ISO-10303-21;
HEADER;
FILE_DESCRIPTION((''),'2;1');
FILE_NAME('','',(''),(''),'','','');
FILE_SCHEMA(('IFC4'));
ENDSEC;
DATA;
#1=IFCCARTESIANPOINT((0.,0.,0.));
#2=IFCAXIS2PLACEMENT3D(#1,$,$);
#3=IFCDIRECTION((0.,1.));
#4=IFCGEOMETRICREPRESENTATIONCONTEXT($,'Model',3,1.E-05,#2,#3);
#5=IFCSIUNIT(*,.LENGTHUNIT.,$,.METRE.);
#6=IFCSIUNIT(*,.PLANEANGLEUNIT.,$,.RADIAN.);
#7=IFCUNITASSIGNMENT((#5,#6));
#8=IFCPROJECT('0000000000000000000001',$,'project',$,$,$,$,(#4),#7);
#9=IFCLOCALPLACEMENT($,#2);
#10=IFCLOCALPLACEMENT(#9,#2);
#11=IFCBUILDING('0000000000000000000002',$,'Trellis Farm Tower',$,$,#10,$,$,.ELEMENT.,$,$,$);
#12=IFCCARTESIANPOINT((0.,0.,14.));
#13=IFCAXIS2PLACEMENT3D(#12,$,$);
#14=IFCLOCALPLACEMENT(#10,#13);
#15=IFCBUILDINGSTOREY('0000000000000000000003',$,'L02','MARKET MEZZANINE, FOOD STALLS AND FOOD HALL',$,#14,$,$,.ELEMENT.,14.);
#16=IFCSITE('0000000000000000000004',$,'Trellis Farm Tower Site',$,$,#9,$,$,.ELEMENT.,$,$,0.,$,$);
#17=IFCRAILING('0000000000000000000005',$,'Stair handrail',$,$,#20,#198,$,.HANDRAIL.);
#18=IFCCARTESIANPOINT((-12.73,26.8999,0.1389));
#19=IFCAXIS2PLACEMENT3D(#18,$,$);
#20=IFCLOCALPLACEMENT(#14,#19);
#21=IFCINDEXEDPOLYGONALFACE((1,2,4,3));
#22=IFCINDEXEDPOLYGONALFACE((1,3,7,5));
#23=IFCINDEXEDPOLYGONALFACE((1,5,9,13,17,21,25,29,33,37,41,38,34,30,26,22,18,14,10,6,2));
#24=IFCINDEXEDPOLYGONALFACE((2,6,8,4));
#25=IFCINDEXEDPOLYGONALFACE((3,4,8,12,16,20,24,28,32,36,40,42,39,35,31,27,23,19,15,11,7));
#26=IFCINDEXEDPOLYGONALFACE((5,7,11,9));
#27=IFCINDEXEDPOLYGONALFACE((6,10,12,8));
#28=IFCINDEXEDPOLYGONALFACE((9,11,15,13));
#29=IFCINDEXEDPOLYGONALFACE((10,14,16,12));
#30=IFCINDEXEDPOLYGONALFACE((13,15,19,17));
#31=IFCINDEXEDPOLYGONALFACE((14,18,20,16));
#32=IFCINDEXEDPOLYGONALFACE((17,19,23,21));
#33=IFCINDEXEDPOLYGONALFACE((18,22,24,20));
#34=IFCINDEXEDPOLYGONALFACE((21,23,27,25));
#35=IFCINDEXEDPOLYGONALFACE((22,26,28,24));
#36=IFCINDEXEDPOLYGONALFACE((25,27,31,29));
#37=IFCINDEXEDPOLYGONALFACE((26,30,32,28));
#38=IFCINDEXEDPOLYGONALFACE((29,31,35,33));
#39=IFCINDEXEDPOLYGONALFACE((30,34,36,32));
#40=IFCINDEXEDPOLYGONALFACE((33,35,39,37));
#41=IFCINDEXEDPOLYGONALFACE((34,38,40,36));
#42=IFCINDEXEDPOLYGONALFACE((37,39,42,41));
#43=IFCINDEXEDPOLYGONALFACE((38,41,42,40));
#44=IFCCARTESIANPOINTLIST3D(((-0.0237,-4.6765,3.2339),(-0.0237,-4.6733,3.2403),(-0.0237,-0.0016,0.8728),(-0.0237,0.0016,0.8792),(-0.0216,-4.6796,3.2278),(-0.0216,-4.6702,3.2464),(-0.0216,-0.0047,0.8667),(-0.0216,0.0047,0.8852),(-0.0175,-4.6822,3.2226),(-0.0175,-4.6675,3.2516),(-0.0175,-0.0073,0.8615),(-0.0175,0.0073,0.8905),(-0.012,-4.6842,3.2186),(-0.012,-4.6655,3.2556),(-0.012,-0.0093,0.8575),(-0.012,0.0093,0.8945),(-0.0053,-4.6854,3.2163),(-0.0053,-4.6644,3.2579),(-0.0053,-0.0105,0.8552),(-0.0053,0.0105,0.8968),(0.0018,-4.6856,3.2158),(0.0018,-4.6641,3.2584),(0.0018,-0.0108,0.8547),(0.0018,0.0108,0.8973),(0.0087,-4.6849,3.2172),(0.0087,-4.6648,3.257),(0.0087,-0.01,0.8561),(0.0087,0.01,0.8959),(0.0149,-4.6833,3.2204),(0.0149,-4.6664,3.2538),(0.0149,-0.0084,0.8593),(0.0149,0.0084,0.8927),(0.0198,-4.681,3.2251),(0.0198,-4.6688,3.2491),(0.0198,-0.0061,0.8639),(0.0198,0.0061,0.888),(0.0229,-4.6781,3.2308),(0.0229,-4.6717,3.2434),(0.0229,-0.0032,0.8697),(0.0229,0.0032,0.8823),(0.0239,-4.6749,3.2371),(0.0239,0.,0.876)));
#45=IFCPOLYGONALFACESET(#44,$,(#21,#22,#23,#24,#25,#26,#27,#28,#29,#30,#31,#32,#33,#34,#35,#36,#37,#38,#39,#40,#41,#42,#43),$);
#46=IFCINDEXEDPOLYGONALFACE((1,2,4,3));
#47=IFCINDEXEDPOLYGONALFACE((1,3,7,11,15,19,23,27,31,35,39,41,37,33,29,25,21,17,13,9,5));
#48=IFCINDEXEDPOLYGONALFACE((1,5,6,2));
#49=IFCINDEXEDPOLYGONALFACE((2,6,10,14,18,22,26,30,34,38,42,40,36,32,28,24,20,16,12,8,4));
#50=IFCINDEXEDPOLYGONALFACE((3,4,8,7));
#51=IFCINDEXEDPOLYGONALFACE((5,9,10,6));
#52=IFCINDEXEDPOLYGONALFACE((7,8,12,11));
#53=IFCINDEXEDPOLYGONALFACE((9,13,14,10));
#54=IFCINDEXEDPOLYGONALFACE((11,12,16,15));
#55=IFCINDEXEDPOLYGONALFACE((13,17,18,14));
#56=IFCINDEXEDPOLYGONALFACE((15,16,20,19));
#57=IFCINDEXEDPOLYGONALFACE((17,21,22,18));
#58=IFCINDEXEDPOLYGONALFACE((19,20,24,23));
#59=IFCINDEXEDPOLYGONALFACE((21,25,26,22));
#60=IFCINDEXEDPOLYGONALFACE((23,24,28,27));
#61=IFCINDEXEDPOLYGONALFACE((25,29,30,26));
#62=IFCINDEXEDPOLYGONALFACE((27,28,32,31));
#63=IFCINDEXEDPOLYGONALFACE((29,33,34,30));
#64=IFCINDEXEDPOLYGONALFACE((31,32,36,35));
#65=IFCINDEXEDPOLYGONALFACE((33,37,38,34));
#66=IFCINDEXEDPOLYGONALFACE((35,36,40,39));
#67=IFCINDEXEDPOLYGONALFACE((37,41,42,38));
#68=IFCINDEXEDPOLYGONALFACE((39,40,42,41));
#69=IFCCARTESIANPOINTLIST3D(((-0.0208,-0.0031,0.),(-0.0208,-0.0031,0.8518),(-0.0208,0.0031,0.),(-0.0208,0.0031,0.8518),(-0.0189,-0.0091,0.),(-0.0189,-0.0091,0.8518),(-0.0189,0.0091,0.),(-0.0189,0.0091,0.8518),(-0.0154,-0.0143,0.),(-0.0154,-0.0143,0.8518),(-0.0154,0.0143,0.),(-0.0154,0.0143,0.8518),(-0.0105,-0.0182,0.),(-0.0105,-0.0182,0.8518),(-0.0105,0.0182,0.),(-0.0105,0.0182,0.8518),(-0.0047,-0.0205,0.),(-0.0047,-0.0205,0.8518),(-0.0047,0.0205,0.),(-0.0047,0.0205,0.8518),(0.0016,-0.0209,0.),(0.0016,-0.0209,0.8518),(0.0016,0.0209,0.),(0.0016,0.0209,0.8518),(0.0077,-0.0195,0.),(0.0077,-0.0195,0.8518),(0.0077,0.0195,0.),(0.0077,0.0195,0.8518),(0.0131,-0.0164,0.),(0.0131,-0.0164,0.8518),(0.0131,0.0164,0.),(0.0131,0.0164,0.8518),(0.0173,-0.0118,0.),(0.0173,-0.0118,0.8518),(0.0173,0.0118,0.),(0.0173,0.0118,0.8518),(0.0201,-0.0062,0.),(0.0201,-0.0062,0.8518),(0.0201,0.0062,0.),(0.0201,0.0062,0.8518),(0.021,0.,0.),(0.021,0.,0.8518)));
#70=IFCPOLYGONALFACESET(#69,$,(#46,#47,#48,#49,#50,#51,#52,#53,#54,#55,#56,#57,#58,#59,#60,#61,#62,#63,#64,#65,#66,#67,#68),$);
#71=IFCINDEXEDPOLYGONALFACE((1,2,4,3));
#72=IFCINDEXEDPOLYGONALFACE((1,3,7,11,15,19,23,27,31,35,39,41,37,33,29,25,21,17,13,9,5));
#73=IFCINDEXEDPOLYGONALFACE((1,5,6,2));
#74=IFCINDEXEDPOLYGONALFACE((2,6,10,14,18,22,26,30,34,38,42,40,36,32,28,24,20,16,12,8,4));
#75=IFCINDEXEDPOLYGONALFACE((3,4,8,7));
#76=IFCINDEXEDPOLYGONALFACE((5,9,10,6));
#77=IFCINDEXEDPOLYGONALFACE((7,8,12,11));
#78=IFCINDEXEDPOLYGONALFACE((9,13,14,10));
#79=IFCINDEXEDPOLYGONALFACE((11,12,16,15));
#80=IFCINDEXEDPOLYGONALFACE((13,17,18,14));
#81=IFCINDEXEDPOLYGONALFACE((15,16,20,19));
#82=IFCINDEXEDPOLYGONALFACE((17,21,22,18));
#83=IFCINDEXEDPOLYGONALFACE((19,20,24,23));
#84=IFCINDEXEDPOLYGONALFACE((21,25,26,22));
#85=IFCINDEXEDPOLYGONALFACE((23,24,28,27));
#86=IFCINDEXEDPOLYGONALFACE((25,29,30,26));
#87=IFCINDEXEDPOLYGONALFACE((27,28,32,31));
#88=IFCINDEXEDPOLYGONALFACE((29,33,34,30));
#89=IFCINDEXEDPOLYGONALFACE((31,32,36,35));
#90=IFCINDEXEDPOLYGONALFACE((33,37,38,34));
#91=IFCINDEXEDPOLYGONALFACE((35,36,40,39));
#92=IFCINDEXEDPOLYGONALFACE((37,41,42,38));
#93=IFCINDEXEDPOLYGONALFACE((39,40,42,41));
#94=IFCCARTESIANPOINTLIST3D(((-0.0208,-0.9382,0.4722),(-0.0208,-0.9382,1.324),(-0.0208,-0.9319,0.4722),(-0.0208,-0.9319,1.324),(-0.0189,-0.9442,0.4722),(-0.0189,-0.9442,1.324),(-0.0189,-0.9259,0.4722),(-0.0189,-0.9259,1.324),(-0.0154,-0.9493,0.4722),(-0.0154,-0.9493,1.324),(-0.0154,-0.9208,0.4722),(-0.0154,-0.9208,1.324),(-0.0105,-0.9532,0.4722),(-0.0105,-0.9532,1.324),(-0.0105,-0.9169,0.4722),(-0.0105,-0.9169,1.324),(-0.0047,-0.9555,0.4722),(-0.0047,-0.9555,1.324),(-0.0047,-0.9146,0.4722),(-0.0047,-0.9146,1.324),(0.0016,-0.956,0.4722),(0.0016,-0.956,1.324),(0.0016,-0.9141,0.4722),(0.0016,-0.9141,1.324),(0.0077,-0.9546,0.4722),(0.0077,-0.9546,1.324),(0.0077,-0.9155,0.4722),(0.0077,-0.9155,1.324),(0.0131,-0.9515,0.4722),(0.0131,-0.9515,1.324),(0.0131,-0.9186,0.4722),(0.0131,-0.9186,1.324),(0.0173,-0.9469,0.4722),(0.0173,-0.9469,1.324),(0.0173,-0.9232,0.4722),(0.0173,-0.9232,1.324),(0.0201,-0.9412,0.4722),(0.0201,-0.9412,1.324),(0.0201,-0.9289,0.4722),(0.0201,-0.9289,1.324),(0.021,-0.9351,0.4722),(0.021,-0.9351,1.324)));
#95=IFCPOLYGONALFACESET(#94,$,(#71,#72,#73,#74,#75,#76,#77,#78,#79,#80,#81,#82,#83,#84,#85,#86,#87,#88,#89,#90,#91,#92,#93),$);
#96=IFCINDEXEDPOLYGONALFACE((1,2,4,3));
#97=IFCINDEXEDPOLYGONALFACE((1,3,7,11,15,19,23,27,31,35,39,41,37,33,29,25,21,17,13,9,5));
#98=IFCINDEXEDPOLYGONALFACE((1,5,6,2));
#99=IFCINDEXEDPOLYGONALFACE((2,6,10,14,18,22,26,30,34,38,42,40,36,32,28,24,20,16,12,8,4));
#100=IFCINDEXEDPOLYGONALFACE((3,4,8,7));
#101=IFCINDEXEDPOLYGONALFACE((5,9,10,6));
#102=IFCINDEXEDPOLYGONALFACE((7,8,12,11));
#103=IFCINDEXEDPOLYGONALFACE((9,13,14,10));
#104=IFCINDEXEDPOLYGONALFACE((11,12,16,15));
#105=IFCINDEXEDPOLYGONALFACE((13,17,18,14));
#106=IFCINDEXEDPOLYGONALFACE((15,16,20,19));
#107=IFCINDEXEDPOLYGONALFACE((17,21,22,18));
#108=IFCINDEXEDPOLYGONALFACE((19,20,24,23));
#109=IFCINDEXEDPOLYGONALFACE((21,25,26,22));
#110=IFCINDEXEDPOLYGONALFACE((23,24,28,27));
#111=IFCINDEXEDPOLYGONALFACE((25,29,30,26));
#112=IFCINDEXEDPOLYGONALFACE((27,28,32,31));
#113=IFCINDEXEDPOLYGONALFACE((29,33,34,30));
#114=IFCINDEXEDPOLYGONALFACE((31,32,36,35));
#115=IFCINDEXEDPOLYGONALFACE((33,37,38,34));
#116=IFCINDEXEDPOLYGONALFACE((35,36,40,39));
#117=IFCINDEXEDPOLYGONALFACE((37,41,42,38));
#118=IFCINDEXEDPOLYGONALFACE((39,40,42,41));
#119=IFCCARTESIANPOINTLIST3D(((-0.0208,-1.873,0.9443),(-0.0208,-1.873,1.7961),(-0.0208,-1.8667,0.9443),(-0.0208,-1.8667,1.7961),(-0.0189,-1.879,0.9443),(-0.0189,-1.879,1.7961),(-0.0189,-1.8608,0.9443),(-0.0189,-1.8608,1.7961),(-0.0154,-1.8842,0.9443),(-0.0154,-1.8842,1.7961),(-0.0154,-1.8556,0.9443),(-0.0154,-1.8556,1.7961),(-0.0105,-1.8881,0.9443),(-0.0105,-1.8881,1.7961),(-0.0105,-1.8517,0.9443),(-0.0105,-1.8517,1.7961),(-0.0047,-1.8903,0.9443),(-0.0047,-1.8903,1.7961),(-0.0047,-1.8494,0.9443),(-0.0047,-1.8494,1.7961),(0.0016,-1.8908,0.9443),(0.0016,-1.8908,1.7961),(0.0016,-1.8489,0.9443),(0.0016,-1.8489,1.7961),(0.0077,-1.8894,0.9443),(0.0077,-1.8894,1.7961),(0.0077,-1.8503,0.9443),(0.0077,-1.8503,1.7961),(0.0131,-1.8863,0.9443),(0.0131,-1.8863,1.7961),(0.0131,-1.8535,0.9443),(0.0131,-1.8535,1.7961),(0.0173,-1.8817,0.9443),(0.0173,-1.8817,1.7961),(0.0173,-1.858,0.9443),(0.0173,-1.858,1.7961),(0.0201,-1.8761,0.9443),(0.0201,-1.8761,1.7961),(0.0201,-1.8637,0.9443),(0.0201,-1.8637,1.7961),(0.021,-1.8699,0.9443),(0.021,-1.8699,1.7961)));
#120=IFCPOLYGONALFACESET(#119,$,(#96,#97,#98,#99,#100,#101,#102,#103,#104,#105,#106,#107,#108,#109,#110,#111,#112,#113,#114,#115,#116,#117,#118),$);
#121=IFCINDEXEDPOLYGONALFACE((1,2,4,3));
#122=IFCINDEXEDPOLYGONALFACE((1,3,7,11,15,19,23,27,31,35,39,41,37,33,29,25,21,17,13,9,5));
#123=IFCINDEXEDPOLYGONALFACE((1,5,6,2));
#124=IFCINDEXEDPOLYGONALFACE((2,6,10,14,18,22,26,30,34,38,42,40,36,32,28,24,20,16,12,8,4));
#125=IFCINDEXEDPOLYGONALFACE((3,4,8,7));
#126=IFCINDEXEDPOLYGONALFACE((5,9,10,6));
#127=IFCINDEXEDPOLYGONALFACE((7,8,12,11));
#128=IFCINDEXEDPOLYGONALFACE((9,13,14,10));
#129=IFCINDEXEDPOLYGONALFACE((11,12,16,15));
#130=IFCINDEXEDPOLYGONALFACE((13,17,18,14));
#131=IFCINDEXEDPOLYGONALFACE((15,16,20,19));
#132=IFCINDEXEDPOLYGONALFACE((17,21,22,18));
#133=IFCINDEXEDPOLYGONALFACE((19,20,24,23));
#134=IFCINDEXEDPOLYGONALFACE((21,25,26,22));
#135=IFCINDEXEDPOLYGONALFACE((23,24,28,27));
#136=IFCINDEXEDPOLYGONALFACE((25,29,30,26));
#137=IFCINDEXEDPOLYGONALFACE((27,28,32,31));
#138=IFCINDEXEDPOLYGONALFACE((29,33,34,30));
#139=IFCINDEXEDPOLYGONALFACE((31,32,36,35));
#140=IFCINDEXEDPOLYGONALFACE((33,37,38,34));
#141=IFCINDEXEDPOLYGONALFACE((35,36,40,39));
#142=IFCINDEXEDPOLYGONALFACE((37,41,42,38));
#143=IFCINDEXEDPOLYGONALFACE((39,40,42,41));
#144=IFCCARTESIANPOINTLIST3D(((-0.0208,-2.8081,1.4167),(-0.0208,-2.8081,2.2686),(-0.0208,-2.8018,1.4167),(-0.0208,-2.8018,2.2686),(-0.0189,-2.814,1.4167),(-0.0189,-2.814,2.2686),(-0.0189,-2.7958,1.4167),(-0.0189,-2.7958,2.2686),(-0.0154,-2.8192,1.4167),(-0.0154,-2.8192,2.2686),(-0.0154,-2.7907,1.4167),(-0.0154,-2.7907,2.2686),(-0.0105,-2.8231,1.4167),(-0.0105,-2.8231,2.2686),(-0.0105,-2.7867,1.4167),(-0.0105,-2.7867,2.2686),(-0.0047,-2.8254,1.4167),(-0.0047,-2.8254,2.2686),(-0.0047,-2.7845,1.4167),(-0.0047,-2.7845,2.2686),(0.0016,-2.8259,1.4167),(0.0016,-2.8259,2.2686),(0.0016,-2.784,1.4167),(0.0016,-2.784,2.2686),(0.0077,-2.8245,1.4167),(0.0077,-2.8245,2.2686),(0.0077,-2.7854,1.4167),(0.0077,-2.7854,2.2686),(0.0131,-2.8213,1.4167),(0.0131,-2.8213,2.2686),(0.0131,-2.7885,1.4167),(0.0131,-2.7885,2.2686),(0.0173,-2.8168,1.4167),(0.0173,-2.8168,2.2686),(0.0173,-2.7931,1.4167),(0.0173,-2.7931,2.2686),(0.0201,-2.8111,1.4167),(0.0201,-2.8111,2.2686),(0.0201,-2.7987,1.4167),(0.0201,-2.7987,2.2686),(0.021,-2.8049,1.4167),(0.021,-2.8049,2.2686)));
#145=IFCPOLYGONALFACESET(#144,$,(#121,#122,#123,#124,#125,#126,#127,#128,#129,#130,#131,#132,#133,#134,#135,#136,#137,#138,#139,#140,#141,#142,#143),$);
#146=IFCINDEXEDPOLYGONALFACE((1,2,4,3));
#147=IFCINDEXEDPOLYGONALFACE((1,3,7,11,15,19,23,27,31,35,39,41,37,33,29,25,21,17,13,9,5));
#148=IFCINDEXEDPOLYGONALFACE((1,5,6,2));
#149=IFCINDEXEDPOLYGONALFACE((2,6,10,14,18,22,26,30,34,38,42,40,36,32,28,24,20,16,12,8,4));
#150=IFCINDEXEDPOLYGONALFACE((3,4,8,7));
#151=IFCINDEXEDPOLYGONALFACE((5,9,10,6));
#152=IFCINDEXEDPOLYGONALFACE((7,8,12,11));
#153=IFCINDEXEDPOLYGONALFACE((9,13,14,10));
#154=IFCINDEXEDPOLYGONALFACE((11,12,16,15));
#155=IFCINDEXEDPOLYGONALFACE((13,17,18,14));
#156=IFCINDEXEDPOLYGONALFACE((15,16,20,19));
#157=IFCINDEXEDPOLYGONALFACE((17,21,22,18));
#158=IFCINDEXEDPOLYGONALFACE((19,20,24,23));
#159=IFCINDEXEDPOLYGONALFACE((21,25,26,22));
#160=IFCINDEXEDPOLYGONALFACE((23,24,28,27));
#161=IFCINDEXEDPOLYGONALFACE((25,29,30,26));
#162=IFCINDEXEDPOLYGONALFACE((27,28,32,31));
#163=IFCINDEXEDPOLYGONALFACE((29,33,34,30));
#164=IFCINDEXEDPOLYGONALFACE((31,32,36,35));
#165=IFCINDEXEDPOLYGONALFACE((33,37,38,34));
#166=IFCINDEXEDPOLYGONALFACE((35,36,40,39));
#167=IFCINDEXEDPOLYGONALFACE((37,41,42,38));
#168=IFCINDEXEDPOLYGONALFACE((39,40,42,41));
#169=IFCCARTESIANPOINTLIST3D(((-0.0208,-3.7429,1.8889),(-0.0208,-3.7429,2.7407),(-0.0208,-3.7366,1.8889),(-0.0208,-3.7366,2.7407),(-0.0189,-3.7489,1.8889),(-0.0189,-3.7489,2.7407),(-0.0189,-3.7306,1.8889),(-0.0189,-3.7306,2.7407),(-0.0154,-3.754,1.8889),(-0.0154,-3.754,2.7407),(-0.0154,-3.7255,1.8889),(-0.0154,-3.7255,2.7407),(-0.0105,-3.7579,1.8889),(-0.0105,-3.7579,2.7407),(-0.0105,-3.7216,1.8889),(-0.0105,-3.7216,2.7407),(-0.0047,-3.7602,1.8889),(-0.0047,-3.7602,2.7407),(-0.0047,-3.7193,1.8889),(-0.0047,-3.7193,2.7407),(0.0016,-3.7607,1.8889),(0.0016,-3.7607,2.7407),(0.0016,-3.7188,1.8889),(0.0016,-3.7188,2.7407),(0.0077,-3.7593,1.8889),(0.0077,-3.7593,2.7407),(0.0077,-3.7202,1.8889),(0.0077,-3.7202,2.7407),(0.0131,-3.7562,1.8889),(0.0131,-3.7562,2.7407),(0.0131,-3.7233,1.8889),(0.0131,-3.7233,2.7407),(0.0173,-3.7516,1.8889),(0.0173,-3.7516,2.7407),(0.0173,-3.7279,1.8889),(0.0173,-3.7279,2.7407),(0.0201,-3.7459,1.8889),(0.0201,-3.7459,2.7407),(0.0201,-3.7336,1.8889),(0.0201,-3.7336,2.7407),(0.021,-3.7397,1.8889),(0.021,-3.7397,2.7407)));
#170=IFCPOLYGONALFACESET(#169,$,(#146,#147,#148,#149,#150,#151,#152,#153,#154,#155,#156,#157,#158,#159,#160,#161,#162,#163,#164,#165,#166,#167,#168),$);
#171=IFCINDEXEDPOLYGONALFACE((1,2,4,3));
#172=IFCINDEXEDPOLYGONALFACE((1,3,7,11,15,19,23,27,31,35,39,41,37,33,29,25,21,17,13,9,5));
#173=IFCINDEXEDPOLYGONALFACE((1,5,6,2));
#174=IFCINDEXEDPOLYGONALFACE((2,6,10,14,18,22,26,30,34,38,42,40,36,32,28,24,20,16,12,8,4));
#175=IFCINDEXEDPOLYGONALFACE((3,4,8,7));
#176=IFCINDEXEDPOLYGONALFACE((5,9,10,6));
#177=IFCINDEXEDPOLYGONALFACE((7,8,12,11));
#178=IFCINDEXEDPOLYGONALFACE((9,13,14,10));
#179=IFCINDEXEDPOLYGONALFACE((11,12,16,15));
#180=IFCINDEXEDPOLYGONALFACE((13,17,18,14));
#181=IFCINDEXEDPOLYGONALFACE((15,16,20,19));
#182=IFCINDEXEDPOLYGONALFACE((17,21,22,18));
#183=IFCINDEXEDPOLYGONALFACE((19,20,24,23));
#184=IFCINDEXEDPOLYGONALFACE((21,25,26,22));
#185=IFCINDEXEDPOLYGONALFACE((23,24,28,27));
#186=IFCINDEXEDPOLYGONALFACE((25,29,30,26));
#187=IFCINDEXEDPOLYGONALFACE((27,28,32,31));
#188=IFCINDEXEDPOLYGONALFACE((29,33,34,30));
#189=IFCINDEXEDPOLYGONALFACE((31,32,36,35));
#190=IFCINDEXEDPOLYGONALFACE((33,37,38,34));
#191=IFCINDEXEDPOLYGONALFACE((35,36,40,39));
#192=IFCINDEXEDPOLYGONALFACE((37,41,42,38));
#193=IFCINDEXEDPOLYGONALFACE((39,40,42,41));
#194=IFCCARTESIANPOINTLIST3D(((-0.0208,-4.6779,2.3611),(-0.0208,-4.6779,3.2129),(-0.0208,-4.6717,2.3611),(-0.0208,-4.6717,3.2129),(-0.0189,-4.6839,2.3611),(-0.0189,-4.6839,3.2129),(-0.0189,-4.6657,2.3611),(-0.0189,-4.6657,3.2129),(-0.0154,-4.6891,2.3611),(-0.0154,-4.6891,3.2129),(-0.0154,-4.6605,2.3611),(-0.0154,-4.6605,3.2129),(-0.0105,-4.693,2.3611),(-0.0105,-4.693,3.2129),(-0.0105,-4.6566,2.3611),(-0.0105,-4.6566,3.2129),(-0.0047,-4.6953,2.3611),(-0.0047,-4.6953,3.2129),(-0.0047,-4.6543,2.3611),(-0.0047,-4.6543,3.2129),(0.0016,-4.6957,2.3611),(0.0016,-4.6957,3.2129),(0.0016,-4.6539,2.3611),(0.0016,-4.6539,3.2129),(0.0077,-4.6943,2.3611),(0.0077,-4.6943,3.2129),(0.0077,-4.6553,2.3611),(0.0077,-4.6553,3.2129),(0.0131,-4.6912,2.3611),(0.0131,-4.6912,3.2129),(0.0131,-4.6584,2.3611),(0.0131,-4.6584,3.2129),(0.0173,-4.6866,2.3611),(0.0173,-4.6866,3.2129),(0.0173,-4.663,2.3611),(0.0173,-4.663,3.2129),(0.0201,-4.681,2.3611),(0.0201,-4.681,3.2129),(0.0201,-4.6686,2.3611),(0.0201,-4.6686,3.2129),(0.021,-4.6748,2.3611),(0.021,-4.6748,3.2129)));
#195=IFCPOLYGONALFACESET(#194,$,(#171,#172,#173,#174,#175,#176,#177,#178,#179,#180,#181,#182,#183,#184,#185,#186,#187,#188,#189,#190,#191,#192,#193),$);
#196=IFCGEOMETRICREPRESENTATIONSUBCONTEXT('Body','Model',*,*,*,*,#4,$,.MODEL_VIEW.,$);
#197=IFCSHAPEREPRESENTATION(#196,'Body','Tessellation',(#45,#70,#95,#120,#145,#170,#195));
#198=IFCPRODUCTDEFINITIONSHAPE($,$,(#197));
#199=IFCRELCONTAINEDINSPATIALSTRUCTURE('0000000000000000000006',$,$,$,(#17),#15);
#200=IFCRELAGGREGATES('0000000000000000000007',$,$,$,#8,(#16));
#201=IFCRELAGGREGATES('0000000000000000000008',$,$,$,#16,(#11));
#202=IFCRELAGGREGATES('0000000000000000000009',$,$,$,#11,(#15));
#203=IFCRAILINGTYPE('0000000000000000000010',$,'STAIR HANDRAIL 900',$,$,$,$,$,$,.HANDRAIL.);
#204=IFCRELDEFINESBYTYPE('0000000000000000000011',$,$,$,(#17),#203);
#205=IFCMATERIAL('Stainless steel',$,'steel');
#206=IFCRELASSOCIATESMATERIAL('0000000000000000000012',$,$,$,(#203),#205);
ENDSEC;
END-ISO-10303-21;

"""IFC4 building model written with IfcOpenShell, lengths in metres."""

from ifc_helpers import new_model, si_unit, direction, frame, origin, origin_2d, place, context, subcontext, project, spatial, circle, extrude, source, transform, mapped, material, type_object, element, save


model = new_model("IFC4")

# Units and contexts
model_context = context("Model", 3, precision=1e-05, world=origin(), true_north=direction((0.0, 1.0)))
body_context = subcontext(model_context, "Body", "Model", "MODEL_VIEW")
ifc_project = project(units=[si_unit("LENGTHUNIT", "METRE"), si_unit("PLANEANGLEUNIT", "RADIAN")], contexts=[model_context])

# Site, building, storey
site_placement = place(None, origin())
site = spatial("IfcSite", under=ifc_project, at=site_placement, Name="Trellis Farm Tower Site", CompositionType="ELEMENT", RefElevation=0.0)
building_placement = place(site_placement, origin())
building = spatial("IfcBuilding", under=site, at=building_placement, Name="Trellis Farm Tower", CompositionType="ELEMENT")
storey_placement = place(building_placement, frame((0.0, 0.0, 14.0)))
storey = spatial("IfcBuildingStorey", under=building, at=storey_placement, Name="L02", Description="MARKET MEZZANINE, FOOD STALLS AND FOOD HALL", CompositionType="ELEMENT", Elevation=14.0)

# Railing
ifc_material_1 = material(Name="Stainless steel", Category="steel")
railing_type = type_object("IfcRailingType", Name="STAIR HANDRAIL 900", PredefinedType="HANDRAIL", material=ifc_material_1)
shared_shape_1 = source(origin(), body_context, "Body", "SweptSolid", [
    extrude(circle(Radius=0.0239, at=origin_2d()), frame((0.0, 0.0, 0.876), z_axis=(0.0, -0.892611, 0.450827), x_axis=(1.0, 0.0, 0.0)), (0.0, 0.0, 1.0), 5.2373),
    extrude(circle(Radius=0.021, at=origin_2d()), origin(), (0.0, 0.0, 1.0), 0.8518),
    extrude(circle(Radius=0.021, at=origin_2d()), frame((0.0, -0.9351, 0.4722)), (0.0, 0.0, 1.0), 0.8518),
    extrude(circle(Radius=0.021, at=origin_2d()), frame((0.0, -1.8699, 0.9443)), (0.0, 0.0, 1.0), 0.8518),
    extrude(circle(Radius=0.021, at=origin_2d()), frame((0.0, -2.8049, 1.4167)), (0.0, 0.0, 1.0), 0.8518),
    extrude(circle(Radius=0.021, at=origin_2d()), frame((0.0, -3.7397, 1.8889)), (0.0, 0.0, 1.0), 0.8518),
    extrude(circle(Radius=0.021, at=origin_2d()), frame((0.0, -4.6748, 2.3611)), (0.0, 0.0, 1.0), 0.8518),
])
for number, where, name in (
    (1, (-12.73, 26.8999, 0.1389), "Stair handrail"),
):
    element("IfcRailing", number, at=place(storey_placement, frame(where)), inside=storey, type_object=railing_type, Name=name, PredefinedType="HANDRAIL", context=body_context, shape_type="MappedRepresentation", body=[
        mapped(shared_shape_1, transform((0.0, 0.0, 0.0))),
    ])

save(model, "model.ifc")
